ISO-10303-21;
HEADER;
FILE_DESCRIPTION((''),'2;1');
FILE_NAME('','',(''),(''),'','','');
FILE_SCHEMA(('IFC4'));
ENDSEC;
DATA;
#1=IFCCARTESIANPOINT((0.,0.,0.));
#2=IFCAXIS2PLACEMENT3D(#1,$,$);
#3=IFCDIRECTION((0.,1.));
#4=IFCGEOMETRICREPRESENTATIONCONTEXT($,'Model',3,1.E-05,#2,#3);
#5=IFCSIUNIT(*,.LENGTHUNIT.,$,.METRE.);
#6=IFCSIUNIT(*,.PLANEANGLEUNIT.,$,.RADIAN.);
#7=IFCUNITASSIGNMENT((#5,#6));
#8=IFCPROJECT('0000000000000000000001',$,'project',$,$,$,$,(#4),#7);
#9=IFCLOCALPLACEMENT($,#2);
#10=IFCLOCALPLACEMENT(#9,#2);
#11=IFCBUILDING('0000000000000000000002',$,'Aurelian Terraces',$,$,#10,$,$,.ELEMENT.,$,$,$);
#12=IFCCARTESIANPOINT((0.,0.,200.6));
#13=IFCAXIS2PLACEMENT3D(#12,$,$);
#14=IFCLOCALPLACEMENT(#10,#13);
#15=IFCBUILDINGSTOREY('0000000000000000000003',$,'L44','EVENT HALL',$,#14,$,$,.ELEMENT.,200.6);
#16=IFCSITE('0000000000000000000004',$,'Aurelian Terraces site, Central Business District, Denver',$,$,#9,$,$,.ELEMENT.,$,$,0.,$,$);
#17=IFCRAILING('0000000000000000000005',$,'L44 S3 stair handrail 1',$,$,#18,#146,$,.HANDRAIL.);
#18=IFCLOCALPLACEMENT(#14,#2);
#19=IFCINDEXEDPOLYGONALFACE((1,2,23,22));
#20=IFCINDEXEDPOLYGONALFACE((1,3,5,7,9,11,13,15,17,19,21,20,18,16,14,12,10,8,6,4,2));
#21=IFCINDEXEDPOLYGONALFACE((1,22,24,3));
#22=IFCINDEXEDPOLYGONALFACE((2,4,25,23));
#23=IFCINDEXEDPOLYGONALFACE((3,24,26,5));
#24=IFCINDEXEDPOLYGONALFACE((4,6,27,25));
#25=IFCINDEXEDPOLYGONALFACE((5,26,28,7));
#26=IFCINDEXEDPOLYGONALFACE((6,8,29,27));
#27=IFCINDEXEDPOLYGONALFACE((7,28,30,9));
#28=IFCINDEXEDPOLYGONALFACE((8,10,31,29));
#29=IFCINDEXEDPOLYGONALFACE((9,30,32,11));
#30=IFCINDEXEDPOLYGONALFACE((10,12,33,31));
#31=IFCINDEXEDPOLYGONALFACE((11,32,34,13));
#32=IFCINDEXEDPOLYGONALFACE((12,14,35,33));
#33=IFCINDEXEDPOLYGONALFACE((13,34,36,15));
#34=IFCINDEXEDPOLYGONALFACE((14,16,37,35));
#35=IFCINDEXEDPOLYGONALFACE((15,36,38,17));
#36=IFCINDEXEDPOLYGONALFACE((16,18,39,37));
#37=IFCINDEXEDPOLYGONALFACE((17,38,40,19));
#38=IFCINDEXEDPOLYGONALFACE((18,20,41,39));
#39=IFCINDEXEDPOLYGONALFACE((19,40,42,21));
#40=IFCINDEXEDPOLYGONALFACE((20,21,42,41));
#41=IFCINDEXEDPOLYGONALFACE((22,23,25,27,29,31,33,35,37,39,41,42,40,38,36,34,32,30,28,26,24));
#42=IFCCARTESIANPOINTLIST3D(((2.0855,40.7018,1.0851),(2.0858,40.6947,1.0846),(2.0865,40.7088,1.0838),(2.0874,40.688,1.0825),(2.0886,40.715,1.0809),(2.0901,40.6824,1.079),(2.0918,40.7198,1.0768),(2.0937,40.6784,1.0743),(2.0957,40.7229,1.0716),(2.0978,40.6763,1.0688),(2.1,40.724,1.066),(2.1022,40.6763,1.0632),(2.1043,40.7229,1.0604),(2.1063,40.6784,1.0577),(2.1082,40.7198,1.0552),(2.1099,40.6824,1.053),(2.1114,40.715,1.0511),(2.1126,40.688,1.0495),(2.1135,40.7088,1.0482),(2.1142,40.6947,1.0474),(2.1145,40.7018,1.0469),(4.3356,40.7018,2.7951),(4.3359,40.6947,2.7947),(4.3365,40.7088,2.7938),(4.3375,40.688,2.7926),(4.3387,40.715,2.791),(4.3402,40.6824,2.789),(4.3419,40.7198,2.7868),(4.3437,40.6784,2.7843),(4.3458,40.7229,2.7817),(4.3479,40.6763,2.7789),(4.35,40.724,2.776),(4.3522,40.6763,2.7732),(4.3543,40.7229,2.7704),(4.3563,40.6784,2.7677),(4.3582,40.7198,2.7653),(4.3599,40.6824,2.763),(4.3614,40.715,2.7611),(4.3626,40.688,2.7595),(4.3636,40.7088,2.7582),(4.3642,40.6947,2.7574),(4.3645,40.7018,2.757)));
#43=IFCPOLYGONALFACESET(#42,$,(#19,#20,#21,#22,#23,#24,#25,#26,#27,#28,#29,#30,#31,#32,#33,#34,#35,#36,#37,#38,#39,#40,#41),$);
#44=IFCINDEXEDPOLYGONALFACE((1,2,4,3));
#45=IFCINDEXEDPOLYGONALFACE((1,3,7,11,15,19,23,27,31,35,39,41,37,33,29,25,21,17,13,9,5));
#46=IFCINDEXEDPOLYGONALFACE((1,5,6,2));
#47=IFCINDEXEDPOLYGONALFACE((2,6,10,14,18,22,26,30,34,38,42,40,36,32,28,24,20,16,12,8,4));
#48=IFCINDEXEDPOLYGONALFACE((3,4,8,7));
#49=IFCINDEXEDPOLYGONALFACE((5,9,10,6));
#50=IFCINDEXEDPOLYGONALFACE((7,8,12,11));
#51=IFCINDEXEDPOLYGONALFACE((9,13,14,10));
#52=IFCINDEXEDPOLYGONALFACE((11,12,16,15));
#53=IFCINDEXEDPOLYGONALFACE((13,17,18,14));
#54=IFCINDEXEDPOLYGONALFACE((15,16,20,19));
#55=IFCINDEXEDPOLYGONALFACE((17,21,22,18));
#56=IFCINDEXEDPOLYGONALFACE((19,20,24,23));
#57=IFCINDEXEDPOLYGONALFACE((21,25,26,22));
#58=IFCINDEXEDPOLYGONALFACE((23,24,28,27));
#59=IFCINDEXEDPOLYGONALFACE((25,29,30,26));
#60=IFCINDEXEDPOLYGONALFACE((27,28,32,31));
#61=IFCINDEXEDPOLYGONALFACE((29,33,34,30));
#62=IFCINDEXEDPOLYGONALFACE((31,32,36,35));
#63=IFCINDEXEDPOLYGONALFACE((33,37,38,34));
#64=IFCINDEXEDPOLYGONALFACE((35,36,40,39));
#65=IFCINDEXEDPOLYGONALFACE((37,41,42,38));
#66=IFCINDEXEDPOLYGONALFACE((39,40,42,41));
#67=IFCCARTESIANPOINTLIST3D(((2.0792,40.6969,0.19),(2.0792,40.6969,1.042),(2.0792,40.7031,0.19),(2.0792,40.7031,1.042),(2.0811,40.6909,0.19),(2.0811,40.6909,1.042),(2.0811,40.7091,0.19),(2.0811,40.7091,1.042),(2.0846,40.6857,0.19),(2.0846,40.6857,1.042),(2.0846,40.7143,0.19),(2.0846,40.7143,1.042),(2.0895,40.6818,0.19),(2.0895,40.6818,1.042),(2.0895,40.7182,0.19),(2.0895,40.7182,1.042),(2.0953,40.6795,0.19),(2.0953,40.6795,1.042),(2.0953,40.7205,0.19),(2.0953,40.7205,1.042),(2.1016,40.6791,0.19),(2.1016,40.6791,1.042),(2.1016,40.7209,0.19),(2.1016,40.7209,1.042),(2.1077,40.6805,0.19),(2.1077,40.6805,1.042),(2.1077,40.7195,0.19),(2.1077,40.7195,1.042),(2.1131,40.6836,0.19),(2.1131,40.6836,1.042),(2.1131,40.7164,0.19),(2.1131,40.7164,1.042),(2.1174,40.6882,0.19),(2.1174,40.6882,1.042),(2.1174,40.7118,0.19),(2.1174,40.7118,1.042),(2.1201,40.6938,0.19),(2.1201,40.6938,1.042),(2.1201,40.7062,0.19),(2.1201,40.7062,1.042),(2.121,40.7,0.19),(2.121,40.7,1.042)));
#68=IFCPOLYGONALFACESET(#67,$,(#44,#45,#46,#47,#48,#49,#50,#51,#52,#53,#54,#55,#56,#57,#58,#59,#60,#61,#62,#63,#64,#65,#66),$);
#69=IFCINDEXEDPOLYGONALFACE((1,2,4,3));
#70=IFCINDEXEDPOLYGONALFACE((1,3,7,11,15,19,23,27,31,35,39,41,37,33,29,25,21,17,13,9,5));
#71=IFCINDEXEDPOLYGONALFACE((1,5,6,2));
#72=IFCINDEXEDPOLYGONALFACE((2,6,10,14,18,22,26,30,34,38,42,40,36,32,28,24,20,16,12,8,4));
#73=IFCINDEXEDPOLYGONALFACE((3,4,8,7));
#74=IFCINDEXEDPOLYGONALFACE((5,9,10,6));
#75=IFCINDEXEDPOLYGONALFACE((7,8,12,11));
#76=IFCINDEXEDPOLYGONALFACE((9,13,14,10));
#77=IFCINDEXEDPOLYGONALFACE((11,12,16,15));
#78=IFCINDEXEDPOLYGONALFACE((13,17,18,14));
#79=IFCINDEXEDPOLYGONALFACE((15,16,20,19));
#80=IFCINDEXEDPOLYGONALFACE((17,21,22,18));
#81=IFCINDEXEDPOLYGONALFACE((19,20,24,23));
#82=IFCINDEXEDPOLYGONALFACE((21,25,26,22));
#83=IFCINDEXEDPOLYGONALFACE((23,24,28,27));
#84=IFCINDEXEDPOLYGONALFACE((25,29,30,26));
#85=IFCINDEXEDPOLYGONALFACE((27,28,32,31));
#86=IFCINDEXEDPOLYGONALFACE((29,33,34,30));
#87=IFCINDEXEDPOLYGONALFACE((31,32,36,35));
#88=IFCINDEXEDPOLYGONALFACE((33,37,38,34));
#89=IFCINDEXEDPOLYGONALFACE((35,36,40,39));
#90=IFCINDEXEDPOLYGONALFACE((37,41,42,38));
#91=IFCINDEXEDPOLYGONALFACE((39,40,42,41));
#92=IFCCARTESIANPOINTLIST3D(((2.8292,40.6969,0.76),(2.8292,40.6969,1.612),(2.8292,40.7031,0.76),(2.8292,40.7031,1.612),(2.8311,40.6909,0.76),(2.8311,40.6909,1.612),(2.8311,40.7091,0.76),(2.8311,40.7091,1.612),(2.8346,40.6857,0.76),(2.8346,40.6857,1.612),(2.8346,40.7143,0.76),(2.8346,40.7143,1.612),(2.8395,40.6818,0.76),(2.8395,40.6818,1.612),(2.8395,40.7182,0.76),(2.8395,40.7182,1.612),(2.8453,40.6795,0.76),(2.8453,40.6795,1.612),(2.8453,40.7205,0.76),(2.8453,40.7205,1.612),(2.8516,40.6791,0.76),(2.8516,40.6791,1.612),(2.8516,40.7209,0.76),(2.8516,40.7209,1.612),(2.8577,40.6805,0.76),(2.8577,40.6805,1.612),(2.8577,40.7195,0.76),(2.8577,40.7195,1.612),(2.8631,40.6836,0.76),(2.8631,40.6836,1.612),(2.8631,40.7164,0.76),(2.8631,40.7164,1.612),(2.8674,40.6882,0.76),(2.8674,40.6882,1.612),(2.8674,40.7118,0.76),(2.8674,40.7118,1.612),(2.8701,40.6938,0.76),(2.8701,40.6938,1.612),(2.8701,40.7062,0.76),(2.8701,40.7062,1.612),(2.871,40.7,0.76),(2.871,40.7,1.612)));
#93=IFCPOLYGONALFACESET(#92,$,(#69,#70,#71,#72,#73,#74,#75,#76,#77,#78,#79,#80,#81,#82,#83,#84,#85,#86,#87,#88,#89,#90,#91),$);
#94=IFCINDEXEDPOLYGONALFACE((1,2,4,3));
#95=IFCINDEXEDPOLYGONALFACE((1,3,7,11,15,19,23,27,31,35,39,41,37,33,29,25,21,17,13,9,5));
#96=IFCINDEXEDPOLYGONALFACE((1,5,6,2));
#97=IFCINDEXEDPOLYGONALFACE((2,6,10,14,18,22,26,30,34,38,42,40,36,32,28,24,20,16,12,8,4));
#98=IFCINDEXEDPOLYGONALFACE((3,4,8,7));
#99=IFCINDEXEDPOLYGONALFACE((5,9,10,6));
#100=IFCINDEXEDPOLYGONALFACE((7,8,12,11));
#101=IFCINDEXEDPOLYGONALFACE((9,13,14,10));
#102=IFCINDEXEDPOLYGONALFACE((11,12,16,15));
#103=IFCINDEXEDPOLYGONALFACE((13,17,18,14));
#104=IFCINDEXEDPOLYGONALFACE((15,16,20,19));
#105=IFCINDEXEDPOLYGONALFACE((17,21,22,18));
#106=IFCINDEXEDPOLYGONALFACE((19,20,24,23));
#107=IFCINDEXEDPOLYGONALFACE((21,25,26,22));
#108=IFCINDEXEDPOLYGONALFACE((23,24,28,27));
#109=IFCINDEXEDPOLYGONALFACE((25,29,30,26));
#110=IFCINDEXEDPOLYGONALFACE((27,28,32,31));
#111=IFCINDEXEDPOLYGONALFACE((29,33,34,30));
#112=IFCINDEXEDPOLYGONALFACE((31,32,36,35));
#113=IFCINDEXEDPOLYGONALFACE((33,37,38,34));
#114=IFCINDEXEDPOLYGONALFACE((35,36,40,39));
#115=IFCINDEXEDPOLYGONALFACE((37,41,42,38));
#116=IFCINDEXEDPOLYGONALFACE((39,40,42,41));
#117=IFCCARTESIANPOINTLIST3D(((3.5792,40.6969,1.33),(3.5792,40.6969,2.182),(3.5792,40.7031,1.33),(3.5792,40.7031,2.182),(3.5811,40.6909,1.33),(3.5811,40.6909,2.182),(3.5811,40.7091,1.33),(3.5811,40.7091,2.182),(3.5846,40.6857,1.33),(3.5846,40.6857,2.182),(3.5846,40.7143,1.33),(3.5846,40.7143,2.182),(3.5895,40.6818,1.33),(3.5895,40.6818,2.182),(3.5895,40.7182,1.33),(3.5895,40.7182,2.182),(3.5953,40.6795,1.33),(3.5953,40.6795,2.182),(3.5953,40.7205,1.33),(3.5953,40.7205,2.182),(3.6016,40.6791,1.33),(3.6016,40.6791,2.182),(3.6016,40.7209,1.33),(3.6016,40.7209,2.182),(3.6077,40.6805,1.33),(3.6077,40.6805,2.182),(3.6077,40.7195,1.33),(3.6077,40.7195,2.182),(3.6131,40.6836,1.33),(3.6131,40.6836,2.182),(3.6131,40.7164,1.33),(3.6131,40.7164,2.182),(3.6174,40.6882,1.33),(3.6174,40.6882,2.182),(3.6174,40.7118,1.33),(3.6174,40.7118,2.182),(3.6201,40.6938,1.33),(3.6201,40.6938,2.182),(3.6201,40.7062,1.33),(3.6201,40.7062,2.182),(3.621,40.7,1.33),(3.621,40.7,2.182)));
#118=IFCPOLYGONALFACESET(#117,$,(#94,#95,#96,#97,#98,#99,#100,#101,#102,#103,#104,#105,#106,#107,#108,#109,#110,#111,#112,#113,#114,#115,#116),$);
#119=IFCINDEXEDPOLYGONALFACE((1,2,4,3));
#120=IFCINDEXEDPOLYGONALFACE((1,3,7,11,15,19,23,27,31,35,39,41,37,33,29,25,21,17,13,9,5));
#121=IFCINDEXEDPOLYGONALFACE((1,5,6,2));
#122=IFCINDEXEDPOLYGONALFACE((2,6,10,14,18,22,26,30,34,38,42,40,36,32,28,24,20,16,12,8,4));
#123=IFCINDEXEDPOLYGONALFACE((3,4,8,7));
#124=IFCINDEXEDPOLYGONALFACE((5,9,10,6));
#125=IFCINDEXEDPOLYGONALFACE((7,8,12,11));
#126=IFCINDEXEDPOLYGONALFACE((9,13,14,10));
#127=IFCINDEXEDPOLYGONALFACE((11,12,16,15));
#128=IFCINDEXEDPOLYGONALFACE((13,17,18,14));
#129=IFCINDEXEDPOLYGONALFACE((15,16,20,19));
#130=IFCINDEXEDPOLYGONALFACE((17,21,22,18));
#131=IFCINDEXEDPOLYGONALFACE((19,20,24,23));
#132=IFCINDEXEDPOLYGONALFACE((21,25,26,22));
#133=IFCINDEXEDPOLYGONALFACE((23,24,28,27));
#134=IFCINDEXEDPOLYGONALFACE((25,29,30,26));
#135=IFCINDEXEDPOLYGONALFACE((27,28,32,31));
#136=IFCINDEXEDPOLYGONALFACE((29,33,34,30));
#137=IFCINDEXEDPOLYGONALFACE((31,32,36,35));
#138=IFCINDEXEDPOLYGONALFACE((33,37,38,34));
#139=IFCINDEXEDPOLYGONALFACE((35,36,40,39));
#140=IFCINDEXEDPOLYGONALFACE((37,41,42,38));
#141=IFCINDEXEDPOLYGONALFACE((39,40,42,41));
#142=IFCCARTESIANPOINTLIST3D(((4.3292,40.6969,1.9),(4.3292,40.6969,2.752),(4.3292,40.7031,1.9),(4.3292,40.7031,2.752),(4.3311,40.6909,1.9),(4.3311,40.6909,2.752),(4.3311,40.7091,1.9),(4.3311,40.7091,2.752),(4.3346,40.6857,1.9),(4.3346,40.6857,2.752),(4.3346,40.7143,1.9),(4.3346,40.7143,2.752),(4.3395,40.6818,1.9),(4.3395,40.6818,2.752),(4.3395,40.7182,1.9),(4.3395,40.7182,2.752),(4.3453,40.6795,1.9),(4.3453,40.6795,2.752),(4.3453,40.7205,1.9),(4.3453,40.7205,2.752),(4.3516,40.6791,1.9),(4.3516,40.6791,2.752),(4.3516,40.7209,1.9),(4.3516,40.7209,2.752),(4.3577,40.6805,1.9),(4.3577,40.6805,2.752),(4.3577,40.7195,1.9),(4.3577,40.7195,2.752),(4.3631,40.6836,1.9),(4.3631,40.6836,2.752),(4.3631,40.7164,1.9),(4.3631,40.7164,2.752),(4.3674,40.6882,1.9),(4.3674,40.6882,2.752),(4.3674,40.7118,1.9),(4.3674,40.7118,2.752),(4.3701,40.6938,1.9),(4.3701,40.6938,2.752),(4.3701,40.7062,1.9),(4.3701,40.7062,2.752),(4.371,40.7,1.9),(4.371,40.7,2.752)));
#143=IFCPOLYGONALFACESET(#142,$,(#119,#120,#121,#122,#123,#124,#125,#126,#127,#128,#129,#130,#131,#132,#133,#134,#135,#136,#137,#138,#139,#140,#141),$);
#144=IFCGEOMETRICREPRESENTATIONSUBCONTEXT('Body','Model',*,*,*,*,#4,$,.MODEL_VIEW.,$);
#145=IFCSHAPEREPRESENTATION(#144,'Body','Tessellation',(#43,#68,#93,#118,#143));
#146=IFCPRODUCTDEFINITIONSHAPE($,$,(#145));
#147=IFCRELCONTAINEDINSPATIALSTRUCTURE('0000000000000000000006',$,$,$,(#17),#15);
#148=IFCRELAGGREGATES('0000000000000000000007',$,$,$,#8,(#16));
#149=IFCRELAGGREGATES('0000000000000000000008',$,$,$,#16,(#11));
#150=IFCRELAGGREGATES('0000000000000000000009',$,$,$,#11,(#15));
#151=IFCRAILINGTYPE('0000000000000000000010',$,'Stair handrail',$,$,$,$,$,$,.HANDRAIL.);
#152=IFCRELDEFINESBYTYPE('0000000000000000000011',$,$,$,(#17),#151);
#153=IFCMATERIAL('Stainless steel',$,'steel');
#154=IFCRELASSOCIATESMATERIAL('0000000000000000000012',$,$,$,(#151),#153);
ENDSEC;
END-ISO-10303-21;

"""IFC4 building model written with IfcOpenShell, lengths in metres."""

from ifc_helpers import new_model, si_unit, direction, frame, origin, origin_2d, place, context, subcontext, project, spatial, circle, extrude, source, transform, mapped, material, type_object, element, save


model = new_model("IFC4")

# Units and contexts
model_context = context("Model", 3, precision=1e-05, world=origin(), true_north=direction((0.0, 1.0)))
body_context = subcontext(model_context, "Body", "Model", "MODEL_VIEW")
ifc_project = project(units=[si_unit("LENGTHUNIT", "METRE"), si_unit("PLANEANGLEUNIT", "RADIAN")], contexts=[model_context])

# Site, building, storey
site_placement = place(None, origin())
site = spatial("IfcSite", under=ifc_project, at=site_placement, Name="Aurelian Terraces site, Central Business District, Denver", CompositionType="ELEMENT", RefElevation=0.0)
building_placement = place(site_placement, origin())
building = spatial("IfcBuilding", under=site, at=building_placement, Name="Aurelian Terraces", CompositionType="ELEMENT")
storey_placement = place(building_placement, frame((0.0, 0.0, 200.6)))
storey = spatial("IfcBuildingStorey", under=building, at=storey_placement, Name="L44", Description="EVENT HALL", CompositionType="ELEMENT", Elevation=200.6)

# Railing
ifc_material_1 = material(Name="Stainless steel", Category="steel")
railing_type_1 = type_object("IfcRailingType", Name="Stair handrail", PredefinedType="HANDRAIL", material=ifc_material_1)
shared_shape_1 = source(origin(), body_context, "Body", "SweptSolid", [
    extrude(circle(Radius=0.024, at=origin_2d()), frame((0.0, 0.0, 0.876), z_axis=(0.796162, 0.0, 0.605083), x_axis=(0.0, 1.0, 0.0)), (0.0, 0.0, 1.0), 2.8261),
    extrude(circle(Radius=0.021, at=origin_2d()), origin(), (0.0, 0.0, 1.0), 0.852),
    extrude(circle(Radius=0.021, at=origin_2d()), frame((0.75, 0.0, 0.57)), (0.0, 0.0, 1.0), 0.852),
    extrude(circle(Radius=0.021, at=origin_2d()), frame((1.5, 0.0, 1.14)), (0.0, 0.0, 1.0), 0.852),
    extrude(circle(Radius=0.021, at=origin_2d()), frame((2.25, 0.0, 1.71)), (0.0, 0.0, 1.0), 0.852),
])
railing_1_placement = place(storey_placement, frame((2.1, 40.7, 0.19)))
element("IfcRailing", 1, at=railing_1_placement, inside=storey, type_object=railing_type_1, Name="L44 S3 stair handrail 1", PredefinedType="HANDRAIL", context=body_context, shape_type="MappedRepresentation", body=[
    mapped(shared_shape_1, transform((0.0, 0.0, 0.0), scale=1.0)),
])

save(model, "model.ifc")
